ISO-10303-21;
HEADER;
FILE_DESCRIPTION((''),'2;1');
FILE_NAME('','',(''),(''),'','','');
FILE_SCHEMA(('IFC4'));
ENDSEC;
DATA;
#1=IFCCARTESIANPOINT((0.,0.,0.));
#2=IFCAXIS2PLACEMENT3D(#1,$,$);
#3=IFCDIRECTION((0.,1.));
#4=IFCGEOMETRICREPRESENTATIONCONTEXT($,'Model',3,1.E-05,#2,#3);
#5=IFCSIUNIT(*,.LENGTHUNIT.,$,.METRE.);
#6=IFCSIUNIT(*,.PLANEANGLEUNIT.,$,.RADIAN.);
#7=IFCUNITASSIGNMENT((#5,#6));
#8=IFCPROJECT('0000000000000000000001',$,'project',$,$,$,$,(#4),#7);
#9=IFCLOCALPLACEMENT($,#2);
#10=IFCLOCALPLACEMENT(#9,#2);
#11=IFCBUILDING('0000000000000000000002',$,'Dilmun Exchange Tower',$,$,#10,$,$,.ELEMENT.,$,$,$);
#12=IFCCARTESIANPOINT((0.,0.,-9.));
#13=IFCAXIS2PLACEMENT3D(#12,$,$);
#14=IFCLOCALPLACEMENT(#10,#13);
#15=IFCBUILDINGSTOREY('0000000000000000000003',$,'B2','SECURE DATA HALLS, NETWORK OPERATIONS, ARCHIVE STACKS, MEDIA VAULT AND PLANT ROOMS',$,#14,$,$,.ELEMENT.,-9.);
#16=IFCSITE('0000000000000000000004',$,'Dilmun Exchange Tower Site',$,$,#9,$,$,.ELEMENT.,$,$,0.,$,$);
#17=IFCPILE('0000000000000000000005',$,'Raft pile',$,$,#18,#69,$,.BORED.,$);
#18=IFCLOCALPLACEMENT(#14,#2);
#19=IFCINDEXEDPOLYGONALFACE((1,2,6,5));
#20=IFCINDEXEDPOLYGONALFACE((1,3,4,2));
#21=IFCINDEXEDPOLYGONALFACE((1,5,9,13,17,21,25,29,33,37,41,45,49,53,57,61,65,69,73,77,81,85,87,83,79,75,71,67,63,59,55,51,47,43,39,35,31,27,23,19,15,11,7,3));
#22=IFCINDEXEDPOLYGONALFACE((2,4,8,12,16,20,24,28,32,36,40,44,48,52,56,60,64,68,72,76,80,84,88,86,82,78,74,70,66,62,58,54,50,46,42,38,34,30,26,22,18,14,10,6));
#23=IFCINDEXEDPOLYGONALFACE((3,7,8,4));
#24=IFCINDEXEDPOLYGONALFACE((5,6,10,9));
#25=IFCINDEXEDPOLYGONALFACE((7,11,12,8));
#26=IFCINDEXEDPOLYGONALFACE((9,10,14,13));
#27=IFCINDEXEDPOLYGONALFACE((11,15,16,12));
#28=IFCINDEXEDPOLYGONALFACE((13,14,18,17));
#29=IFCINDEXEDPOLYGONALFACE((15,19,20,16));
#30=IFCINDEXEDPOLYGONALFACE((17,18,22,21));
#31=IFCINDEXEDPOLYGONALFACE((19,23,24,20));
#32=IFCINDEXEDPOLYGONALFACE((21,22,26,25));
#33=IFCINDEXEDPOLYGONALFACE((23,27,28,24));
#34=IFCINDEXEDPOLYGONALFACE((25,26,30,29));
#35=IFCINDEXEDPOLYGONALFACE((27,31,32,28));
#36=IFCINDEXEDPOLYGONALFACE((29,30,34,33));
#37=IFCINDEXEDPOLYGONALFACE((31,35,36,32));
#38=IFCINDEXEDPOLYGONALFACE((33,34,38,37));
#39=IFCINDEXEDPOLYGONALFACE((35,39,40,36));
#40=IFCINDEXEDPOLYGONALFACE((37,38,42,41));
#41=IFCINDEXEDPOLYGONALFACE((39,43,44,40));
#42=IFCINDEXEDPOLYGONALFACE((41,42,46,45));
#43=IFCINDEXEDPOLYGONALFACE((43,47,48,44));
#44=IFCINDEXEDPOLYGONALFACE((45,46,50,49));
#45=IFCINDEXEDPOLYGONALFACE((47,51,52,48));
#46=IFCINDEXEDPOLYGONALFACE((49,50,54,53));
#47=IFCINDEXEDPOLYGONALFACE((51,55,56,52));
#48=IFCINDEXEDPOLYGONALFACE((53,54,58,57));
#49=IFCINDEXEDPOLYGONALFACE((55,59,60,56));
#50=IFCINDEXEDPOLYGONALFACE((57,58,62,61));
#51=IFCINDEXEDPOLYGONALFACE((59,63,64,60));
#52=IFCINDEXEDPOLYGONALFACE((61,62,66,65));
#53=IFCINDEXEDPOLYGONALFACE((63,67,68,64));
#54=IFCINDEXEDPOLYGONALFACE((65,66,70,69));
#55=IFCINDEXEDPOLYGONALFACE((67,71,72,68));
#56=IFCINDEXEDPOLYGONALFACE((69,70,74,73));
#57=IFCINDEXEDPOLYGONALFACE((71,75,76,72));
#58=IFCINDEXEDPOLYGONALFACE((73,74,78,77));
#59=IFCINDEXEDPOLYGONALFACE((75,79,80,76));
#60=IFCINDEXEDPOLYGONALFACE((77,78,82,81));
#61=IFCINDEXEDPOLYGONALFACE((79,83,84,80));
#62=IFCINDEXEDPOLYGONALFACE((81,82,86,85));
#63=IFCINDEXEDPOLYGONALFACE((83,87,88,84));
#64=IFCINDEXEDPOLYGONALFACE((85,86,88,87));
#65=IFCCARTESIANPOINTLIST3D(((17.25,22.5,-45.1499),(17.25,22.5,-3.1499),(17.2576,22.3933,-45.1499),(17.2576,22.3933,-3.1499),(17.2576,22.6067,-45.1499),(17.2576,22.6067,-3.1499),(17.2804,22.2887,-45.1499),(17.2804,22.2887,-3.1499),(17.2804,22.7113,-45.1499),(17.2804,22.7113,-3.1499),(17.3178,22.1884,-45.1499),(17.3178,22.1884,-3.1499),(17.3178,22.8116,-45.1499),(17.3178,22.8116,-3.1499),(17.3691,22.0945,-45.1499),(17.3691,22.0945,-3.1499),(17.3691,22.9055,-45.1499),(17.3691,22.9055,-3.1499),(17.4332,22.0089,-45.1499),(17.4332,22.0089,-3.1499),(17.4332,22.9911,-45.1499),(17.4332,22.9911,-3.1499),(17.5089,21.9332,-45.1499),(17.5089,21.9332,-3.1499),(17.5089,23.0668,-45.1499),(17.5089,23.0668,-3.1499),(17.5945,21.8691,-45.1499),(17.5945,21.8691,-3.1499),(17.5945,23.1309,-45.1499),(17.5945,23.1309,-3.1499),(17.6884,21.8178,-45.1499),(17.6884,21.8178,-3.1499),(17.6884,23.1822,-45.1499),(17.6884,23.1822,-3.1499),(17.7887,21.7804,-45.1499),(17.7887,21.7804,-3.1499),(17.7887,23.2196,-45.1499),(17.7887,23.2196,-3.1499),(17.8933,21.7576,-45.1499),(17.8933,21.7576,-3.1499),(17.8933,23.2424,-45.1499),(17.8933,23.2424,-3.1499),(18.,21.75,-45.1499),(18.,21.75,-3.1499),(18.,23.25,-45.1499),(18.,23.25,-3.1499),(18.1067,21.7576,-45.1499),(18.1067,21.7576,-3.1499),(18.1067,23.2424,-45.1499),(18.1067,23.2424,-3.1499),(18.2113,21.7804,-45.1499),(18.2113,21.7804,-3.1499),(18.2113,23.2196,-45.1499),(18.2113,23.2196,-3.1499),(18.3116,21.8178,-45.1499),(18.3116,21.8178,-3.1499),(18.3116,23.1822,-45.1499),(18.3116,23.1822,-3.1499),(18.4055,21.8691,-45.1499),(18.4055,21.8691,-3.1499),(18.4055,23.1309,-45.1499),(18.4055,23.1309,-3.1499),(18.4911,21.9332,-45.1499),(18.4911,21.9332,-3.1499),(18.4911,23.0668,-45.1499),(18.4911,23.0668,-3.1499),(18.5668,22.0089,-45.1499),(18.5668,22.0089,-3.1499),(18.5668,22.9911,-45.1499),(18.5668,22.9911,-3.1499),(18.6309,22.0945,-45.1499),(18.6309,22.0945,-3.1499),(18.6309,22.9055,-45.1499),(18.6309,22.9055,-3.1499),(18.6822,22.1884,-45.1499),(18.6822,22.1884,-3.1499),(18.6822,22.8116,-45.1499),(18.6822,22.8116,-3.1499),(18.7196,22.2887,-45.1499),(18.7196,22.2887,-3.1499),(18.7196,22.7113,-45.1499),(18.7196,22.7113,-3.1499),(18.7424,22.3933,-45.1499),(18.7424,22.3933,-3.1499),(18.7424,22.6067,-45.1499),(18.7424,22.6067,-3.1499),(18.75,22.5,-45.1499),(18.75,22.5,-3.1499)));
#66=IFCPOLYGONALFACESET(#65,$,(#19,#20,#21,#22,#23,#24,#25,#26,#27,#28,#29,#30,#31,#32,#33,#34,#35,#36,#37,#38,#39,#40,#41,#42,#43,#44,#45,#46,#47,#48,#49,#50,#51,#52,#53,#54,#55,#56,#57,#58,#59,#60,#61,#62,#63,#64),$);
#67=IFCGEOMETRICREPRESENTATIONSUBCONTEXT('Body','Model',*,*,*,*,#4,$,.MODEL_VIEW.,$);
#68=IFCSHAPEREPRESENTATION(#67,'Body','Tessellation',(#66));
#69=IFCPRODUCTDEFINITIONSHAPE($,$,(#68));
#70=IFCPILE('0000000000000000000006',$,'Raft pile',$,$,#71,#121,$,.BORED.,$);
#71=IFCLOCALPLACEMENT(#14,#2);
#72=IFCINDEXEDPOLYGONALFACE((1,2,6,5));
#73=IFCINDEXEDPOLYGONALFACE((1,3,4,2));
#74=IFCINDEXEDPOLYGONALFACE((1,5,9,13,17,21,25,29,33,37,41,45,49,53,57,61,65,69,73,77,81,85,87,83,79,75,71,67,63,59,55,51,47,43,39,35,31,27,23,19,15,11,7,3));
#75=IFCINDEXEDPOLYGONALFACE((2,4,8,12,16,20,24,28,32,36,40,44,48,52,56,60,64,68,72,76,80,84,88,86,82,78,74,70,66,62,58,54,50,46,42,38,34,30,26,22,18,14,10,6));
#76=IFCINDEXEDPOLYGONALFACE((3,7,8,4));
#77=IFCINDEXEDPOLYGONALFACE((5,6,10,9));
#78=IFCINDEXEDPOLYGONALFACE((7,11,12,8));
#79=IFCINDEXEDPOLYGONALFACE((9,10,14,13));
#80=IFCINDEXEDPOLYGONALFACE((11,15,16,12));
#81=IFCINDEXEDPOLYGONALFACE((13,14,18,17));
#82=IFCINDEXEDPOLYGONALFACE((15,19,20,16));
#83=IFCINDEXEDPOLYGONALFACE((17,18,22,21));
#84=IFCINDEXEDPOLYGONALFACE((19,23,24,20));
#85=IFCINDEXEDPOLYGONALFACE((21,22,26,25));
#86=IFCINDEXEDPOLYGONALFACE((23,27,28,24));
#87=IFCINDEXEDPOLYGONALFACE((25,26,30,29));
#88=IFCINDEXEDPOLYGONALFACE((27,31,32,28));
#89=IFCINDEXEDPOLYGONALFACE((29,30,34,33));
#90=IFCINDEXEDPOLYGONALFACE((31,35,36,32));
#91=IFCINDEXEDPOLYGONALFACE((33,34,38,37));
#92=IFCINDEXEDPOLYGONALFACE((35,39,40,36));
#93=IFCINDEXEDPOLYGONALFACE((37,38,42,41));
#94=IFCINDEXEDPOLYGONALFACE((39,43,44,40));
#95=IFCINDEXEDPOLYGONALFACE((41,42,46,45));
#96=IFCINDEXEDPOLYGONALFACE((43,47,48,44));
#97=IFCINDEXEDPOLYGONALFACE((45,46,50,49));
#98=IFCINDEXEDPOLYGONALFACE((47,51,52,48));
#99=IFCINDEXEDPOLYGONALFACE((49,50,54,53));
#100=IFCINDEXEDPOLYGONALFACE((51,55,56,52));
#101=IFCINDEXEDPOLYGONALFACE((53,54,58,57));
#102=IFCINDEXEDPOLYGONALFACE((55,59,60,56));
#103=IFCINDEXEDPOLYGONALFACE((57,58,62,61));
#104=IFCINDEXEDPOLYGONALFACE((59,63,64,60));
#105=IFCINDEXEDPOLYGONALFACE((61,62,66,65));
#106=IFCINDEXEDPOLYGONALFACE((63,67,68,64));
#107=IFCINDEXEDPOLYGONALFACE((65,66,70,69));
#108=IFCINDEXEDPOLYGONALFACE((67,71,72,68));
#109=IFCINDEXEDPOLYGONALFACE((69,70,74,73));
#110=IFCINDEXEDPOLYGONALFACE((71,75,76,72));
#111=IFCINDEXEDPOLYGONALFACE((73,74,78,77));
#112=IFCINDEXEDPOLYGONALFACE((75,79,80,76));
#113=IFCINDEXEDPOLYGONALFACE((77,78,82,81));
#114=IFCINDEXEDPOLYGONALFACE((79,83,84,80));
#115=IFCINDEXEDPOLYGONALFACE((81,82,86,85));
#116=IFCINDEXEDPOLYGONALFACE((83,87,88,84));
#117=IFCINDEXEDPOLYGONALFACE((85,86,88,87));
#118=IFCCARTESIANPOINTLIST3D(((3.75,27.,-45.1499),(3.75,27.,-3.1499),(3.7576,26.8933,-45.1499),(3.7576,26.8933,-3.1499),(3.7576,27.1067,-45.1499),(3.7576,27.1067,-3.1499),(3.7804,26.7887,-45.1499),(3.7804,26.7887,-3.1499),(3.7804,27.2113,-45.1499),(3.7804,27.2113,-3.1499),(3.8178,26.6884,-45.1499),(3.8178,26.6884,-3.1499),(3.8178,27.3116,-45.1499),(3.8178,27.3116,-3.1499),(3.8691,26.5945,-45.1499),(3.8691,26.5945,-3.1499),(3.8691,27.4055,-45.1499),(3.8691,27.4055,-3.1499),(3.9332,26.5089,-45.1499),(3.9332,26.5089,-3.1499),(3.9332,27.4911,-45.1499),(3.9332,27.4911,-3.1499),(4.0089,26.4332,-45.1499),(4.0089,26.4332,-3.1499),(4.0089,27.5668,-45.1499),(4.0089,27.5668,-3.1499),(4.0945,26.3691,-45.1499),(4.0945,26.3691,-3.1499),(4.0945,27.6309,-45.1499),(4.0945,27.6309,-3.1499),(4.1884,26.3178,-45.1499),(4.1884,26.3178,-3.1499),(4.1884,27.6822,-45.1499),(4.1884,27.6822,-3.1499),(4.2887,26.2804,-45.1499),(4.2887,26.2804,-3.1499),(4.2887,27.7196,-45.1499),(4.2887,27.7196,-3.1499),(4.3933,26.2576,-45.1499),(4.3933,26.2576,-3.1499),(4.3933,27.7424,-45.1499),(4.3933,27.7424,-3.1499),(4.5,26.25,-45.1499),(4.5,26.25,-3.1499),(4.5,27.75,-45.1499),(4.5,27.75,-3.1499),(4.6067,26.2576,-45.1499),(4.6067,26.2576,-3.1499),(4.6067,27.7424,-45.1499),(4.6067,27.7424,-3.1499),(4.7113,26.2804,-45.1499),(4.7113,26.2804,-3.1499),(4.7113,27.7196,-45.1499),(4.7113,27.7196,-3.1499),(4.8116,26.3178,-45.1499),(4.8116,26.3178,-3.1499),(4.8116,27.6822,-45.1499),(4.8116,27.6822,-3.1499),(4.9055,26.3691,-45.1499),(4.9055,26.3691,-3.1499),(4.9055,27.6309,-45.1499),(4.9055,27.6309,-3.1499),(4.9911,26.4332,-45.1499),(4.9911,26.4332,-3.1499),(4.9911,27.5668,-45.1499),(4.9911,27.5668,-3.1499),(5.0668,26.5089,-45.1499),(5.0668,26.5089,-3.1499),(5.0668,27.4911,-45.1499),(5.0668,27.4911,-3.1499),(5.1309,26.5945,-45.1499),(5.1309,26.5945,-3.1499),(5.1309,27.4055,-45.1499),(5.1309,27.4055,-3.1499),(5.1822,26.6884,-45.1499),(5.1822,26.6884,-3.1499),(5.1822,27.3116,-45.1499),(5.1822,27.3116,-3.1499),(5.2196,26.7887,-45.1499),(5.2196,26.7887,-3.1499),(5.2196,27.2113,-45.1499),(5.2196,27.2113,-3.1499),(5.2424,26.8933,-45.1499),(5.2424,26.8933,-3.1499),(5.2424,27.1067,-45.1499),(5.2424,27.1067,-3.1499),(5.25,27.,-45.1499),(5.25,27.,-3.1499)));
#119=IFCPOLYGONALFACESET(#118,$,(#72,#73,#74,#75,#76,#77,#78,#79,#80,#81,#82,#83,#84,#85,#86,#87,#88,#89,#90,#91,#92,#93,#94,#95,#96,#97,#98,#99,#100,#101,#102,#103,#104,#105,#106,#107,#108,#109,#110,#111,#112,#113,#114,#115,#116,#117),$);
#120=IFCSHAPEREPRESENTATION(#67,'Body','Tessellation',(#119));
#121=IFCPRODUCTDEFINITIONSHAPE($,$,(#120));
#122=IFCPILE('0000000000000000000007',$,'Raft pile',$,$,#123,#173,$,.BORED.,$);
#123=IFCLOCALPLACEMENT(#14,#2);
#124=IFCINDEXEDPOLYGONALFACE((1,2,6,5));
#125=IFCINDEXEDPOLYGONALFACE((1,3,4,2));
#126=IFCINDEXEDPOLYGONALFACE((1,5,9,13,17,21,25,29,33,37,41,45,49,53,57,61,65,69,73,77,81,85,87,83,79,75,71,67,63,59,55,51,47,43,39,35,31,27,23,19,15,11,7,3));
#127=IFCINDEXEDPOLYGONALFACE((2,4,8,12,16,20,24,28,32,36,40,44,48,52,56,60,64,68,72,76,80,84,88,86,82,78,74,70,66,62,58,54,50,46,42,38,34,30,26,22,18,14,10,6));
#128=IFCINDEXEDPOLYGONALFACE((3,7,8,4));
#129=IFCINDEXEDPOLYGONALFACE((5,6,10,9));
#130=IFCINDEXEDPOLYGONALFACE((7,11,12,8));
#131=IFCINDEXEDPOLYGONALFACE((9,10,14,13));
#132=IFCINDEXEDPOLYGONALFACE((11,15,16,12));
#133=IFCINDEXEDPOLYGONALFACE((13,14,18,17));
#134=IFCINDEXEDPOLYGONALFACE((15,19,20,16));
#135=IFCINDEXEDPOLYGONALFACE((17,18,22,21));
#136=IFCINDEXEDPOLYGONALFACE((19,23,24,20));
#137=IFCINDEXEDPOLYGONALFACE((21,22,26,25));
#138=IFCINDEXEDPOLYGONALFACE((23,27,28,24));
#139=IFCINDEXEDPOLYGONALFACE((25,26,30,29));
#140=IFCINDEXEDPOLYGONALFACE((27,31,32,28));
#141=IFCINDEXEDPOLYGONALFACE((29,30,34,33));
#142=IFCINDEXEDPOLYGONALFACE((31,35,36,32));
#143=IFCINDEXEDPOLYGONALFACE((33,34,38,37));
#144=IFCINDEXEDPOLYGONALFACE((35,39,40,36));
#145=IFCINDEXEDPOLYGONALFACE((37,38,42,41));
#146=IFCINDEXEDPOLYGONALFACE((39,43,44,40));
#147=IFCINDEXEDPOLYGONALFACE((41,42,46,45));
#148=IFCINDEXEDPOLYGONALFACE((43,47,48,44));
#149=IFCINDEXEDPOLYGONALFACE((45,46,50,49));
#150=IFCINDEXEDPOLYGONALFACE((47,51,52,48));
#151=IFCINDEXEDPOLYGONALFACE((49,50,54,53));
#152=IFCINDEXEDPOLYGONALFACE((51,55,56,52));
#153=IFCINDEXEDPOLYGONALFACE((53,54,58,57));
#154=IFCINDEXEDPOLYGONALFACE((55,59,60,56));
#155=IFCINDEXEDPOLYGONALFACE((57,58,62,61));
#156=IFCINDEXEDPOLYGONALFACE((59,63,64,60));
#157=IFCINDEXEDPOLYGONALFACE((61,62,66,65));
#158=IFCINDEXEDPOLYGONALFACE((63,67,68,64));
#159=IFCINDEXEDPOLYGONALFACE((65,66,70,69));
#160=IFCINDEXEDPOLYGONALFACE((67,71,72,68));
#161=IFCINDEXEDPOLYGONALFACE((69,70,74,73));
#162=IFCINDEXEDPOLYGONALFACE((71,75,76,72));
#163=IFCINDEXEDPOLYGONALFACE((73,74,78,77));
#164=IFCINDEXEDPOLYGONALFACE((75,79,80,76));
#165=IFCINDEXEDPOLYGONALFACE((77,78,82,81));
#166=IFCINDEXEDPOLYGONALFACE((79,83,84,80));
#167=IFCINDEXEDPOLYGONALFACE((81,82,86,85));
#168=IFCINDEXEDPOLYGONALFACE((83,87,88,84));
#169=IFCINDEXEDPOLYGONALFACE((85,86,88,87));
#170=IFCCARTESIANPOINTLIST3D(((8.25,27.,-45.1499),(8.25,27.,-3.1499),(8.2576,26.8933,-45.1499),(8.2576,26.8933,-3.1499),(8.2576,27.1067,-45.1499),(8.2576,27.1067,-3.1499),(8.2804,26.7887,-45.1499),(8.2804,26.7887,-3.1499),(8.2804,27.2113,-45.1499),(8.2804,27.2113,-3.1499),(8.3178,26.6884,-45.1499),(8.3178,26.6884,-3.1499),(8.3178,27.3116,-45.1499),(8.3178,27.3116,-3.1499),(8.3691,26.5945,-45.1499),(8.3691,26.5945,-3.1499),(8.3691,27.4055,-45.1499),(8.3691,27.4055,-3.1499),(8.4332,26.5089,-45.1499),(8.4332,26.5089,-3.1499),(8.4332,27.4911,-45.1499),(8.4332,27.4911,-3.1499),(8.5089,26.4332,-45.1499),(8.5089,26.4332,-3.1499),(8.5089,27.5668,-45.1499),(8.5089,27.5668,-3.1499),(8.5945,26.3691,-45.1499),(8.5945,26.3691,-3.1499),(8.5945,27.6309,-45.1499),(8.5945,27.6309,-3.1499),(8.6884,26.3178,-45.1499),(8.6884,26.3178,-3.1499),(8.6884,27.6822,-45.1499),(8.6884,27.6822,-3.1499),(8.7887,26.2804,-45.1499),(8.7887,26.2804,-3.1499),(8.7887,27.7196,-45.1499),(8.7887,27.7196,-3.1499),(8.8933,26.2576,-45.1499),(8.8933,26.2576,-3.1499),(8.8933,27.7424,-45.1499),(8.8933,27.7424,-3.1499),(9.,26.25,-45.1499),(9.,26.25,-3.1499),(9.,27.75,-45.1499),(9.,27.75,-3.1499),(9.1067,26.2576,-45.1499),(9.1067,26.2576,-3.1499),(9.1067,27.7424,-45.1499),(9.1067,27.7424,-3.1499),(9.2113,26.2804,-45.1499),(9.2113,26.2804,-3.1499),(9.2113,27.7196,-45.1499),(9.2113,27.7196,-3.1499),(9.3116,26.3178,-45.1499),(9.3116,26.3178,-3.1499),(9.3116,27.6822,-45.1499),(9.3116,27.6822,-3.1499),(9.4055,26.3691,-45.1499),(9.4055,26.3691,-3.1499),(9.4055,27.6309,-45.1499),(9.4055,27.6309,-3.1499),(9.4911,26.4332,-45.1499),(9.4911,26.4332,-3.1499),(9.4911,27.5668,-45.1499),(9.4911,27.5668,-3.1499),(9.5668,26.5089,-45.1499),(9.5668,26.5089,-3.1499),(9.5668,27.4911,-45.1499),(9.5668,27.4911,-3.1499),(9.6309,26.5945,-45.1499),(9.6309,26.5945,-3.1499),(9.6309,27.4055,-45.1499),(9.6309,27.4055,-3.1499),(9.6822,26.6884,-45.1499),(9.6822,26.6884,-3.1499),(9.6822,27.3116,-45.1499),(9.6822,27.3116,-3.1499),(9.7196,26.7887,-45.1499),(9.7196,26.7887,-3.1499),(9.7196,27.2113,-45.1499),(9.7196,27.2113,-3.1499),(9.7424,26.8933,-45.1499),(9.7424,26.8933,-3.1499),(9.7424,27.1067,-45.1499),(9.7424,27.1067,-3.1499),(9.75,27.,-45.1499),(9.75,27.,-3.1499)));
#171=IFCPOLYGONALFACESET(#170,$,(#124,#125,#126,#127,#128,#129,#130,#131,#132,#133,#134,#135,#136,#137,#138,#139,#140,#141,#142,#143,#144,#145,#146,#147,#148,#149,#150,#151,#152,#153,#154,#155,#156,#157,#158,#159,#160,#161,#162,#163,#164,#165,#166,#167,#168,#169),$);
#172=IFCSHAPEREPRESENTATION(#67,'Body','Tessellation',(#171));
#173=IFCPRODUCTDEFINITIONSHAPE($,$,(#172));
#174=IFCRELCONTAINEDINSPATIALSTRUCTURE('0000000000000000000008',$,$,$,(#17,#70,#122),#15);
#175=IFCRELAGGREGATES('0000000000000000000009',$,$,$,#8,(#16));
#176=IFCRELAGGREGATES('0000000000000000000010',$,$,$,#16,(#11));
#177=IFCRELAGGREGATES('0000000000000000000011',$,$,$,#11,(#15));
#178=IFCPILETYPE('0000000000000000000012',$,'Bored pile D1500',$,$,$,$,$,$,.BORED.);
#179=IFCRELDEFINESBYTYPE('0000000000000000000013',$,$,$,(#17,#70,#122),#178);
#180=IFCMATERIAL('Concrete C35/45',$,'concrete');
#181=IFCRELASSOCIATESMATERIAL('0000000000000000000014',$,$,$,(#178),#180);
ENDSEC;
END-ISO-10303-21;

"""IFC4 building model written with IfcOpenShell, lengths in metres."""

from ifc_helpers import new_model, si_unit, direction, frame, origin, origin_2d, place, context, subcontext, project, spatial, circle, extrude, material, material_profile, profile_set, type_object, element, save


model = new_model("IFC4")

# Units and contexts
model_context = context("Model", 3, precision=1e-05, world=origin(), true_north=direction((0.0, 1.0)))
body_context = subcontext(model_context, "Body", "Model", "MODEL_VIEW")
ifc_project = project(units=[si_unit("LENGTHUNIT", "METRE"), si_unit("PLANEANGLEUNIT", "RADIAN")], contexts=[model_context])

# Site, building, storey
site_placement = place(None, origin())
site = spatial("IfcSite", under=ifc_project, at=site_placement, Name="Dilmun Exchange Tower Site", CompositionType="ELEMENT", RefElevation=0.0)
building_placement = place(site_placement, origin())
building = spatial("IfcBuilding", under=site, at=building_placement, Name="Dilmun Exchange Tower", CompositionType="ELEMENT")
storey_placement = place(building_placement, frame((0.0, 0.0, -9.0)))
storey = spatial("IfcBuildingStorey", under=building, at=storey_placement, Name="B2", Description="SECURE DATA HALLS, NETWORK OPERATIONS, ARCHIVE STACKS, MEDIA VAULT AND PLANT ROOMS", CompositionType="ELEMENT", Elevation=-9.0)

# Piles
ifc_material_1 = material(Name="Concrete C35/45", Category="concrete")
ifc_material_profile_1 = material_profile(ifc_material_1, circle(Radius=0.75, at=origin_2d()), Name="D1500")
ifc_profile_set_1 = profile_set([ifc_material_profile_1], Name="Concrete C35/45")
pile_type = type_object("IfcPileType", Name="Bored pile D1500", PredefinedType="BORED", material=ifc_profile_set_1)
for number, where, z_axis, x_axis, name in (
    (1, (18.0, 22.5, -3.1499), (0.0, 0.0, -1.0), (1.0, 0.0, 0.0), "Raft pile"),
    (2, (4.5, 27.0, -3.1499), (0.0, 0.0, -1.0), (1.0, 0.0, 0.0), "Raft pile"),
    (3, (9.0, 27.0, -3.1499), (0.0, 0.0, -1.0), (1.0, 0.0, 0.0), "Raft pile"),
):
    element("IfcPile", number, at=place(storey_placement, frame(where, z_axis=z_axis, x_axis=x_axis)), inside=storey, type_object=pile_type, Name=name, PredefinedType="BORED", context=body_context, shape_type="SweptSolid", body=[
        extrude(circle(Radius=0.75, at=origin_2d()), origin(), (0.0, 0.0, 1.0), 42.0),
    ])

save(model, "model.ifc")
